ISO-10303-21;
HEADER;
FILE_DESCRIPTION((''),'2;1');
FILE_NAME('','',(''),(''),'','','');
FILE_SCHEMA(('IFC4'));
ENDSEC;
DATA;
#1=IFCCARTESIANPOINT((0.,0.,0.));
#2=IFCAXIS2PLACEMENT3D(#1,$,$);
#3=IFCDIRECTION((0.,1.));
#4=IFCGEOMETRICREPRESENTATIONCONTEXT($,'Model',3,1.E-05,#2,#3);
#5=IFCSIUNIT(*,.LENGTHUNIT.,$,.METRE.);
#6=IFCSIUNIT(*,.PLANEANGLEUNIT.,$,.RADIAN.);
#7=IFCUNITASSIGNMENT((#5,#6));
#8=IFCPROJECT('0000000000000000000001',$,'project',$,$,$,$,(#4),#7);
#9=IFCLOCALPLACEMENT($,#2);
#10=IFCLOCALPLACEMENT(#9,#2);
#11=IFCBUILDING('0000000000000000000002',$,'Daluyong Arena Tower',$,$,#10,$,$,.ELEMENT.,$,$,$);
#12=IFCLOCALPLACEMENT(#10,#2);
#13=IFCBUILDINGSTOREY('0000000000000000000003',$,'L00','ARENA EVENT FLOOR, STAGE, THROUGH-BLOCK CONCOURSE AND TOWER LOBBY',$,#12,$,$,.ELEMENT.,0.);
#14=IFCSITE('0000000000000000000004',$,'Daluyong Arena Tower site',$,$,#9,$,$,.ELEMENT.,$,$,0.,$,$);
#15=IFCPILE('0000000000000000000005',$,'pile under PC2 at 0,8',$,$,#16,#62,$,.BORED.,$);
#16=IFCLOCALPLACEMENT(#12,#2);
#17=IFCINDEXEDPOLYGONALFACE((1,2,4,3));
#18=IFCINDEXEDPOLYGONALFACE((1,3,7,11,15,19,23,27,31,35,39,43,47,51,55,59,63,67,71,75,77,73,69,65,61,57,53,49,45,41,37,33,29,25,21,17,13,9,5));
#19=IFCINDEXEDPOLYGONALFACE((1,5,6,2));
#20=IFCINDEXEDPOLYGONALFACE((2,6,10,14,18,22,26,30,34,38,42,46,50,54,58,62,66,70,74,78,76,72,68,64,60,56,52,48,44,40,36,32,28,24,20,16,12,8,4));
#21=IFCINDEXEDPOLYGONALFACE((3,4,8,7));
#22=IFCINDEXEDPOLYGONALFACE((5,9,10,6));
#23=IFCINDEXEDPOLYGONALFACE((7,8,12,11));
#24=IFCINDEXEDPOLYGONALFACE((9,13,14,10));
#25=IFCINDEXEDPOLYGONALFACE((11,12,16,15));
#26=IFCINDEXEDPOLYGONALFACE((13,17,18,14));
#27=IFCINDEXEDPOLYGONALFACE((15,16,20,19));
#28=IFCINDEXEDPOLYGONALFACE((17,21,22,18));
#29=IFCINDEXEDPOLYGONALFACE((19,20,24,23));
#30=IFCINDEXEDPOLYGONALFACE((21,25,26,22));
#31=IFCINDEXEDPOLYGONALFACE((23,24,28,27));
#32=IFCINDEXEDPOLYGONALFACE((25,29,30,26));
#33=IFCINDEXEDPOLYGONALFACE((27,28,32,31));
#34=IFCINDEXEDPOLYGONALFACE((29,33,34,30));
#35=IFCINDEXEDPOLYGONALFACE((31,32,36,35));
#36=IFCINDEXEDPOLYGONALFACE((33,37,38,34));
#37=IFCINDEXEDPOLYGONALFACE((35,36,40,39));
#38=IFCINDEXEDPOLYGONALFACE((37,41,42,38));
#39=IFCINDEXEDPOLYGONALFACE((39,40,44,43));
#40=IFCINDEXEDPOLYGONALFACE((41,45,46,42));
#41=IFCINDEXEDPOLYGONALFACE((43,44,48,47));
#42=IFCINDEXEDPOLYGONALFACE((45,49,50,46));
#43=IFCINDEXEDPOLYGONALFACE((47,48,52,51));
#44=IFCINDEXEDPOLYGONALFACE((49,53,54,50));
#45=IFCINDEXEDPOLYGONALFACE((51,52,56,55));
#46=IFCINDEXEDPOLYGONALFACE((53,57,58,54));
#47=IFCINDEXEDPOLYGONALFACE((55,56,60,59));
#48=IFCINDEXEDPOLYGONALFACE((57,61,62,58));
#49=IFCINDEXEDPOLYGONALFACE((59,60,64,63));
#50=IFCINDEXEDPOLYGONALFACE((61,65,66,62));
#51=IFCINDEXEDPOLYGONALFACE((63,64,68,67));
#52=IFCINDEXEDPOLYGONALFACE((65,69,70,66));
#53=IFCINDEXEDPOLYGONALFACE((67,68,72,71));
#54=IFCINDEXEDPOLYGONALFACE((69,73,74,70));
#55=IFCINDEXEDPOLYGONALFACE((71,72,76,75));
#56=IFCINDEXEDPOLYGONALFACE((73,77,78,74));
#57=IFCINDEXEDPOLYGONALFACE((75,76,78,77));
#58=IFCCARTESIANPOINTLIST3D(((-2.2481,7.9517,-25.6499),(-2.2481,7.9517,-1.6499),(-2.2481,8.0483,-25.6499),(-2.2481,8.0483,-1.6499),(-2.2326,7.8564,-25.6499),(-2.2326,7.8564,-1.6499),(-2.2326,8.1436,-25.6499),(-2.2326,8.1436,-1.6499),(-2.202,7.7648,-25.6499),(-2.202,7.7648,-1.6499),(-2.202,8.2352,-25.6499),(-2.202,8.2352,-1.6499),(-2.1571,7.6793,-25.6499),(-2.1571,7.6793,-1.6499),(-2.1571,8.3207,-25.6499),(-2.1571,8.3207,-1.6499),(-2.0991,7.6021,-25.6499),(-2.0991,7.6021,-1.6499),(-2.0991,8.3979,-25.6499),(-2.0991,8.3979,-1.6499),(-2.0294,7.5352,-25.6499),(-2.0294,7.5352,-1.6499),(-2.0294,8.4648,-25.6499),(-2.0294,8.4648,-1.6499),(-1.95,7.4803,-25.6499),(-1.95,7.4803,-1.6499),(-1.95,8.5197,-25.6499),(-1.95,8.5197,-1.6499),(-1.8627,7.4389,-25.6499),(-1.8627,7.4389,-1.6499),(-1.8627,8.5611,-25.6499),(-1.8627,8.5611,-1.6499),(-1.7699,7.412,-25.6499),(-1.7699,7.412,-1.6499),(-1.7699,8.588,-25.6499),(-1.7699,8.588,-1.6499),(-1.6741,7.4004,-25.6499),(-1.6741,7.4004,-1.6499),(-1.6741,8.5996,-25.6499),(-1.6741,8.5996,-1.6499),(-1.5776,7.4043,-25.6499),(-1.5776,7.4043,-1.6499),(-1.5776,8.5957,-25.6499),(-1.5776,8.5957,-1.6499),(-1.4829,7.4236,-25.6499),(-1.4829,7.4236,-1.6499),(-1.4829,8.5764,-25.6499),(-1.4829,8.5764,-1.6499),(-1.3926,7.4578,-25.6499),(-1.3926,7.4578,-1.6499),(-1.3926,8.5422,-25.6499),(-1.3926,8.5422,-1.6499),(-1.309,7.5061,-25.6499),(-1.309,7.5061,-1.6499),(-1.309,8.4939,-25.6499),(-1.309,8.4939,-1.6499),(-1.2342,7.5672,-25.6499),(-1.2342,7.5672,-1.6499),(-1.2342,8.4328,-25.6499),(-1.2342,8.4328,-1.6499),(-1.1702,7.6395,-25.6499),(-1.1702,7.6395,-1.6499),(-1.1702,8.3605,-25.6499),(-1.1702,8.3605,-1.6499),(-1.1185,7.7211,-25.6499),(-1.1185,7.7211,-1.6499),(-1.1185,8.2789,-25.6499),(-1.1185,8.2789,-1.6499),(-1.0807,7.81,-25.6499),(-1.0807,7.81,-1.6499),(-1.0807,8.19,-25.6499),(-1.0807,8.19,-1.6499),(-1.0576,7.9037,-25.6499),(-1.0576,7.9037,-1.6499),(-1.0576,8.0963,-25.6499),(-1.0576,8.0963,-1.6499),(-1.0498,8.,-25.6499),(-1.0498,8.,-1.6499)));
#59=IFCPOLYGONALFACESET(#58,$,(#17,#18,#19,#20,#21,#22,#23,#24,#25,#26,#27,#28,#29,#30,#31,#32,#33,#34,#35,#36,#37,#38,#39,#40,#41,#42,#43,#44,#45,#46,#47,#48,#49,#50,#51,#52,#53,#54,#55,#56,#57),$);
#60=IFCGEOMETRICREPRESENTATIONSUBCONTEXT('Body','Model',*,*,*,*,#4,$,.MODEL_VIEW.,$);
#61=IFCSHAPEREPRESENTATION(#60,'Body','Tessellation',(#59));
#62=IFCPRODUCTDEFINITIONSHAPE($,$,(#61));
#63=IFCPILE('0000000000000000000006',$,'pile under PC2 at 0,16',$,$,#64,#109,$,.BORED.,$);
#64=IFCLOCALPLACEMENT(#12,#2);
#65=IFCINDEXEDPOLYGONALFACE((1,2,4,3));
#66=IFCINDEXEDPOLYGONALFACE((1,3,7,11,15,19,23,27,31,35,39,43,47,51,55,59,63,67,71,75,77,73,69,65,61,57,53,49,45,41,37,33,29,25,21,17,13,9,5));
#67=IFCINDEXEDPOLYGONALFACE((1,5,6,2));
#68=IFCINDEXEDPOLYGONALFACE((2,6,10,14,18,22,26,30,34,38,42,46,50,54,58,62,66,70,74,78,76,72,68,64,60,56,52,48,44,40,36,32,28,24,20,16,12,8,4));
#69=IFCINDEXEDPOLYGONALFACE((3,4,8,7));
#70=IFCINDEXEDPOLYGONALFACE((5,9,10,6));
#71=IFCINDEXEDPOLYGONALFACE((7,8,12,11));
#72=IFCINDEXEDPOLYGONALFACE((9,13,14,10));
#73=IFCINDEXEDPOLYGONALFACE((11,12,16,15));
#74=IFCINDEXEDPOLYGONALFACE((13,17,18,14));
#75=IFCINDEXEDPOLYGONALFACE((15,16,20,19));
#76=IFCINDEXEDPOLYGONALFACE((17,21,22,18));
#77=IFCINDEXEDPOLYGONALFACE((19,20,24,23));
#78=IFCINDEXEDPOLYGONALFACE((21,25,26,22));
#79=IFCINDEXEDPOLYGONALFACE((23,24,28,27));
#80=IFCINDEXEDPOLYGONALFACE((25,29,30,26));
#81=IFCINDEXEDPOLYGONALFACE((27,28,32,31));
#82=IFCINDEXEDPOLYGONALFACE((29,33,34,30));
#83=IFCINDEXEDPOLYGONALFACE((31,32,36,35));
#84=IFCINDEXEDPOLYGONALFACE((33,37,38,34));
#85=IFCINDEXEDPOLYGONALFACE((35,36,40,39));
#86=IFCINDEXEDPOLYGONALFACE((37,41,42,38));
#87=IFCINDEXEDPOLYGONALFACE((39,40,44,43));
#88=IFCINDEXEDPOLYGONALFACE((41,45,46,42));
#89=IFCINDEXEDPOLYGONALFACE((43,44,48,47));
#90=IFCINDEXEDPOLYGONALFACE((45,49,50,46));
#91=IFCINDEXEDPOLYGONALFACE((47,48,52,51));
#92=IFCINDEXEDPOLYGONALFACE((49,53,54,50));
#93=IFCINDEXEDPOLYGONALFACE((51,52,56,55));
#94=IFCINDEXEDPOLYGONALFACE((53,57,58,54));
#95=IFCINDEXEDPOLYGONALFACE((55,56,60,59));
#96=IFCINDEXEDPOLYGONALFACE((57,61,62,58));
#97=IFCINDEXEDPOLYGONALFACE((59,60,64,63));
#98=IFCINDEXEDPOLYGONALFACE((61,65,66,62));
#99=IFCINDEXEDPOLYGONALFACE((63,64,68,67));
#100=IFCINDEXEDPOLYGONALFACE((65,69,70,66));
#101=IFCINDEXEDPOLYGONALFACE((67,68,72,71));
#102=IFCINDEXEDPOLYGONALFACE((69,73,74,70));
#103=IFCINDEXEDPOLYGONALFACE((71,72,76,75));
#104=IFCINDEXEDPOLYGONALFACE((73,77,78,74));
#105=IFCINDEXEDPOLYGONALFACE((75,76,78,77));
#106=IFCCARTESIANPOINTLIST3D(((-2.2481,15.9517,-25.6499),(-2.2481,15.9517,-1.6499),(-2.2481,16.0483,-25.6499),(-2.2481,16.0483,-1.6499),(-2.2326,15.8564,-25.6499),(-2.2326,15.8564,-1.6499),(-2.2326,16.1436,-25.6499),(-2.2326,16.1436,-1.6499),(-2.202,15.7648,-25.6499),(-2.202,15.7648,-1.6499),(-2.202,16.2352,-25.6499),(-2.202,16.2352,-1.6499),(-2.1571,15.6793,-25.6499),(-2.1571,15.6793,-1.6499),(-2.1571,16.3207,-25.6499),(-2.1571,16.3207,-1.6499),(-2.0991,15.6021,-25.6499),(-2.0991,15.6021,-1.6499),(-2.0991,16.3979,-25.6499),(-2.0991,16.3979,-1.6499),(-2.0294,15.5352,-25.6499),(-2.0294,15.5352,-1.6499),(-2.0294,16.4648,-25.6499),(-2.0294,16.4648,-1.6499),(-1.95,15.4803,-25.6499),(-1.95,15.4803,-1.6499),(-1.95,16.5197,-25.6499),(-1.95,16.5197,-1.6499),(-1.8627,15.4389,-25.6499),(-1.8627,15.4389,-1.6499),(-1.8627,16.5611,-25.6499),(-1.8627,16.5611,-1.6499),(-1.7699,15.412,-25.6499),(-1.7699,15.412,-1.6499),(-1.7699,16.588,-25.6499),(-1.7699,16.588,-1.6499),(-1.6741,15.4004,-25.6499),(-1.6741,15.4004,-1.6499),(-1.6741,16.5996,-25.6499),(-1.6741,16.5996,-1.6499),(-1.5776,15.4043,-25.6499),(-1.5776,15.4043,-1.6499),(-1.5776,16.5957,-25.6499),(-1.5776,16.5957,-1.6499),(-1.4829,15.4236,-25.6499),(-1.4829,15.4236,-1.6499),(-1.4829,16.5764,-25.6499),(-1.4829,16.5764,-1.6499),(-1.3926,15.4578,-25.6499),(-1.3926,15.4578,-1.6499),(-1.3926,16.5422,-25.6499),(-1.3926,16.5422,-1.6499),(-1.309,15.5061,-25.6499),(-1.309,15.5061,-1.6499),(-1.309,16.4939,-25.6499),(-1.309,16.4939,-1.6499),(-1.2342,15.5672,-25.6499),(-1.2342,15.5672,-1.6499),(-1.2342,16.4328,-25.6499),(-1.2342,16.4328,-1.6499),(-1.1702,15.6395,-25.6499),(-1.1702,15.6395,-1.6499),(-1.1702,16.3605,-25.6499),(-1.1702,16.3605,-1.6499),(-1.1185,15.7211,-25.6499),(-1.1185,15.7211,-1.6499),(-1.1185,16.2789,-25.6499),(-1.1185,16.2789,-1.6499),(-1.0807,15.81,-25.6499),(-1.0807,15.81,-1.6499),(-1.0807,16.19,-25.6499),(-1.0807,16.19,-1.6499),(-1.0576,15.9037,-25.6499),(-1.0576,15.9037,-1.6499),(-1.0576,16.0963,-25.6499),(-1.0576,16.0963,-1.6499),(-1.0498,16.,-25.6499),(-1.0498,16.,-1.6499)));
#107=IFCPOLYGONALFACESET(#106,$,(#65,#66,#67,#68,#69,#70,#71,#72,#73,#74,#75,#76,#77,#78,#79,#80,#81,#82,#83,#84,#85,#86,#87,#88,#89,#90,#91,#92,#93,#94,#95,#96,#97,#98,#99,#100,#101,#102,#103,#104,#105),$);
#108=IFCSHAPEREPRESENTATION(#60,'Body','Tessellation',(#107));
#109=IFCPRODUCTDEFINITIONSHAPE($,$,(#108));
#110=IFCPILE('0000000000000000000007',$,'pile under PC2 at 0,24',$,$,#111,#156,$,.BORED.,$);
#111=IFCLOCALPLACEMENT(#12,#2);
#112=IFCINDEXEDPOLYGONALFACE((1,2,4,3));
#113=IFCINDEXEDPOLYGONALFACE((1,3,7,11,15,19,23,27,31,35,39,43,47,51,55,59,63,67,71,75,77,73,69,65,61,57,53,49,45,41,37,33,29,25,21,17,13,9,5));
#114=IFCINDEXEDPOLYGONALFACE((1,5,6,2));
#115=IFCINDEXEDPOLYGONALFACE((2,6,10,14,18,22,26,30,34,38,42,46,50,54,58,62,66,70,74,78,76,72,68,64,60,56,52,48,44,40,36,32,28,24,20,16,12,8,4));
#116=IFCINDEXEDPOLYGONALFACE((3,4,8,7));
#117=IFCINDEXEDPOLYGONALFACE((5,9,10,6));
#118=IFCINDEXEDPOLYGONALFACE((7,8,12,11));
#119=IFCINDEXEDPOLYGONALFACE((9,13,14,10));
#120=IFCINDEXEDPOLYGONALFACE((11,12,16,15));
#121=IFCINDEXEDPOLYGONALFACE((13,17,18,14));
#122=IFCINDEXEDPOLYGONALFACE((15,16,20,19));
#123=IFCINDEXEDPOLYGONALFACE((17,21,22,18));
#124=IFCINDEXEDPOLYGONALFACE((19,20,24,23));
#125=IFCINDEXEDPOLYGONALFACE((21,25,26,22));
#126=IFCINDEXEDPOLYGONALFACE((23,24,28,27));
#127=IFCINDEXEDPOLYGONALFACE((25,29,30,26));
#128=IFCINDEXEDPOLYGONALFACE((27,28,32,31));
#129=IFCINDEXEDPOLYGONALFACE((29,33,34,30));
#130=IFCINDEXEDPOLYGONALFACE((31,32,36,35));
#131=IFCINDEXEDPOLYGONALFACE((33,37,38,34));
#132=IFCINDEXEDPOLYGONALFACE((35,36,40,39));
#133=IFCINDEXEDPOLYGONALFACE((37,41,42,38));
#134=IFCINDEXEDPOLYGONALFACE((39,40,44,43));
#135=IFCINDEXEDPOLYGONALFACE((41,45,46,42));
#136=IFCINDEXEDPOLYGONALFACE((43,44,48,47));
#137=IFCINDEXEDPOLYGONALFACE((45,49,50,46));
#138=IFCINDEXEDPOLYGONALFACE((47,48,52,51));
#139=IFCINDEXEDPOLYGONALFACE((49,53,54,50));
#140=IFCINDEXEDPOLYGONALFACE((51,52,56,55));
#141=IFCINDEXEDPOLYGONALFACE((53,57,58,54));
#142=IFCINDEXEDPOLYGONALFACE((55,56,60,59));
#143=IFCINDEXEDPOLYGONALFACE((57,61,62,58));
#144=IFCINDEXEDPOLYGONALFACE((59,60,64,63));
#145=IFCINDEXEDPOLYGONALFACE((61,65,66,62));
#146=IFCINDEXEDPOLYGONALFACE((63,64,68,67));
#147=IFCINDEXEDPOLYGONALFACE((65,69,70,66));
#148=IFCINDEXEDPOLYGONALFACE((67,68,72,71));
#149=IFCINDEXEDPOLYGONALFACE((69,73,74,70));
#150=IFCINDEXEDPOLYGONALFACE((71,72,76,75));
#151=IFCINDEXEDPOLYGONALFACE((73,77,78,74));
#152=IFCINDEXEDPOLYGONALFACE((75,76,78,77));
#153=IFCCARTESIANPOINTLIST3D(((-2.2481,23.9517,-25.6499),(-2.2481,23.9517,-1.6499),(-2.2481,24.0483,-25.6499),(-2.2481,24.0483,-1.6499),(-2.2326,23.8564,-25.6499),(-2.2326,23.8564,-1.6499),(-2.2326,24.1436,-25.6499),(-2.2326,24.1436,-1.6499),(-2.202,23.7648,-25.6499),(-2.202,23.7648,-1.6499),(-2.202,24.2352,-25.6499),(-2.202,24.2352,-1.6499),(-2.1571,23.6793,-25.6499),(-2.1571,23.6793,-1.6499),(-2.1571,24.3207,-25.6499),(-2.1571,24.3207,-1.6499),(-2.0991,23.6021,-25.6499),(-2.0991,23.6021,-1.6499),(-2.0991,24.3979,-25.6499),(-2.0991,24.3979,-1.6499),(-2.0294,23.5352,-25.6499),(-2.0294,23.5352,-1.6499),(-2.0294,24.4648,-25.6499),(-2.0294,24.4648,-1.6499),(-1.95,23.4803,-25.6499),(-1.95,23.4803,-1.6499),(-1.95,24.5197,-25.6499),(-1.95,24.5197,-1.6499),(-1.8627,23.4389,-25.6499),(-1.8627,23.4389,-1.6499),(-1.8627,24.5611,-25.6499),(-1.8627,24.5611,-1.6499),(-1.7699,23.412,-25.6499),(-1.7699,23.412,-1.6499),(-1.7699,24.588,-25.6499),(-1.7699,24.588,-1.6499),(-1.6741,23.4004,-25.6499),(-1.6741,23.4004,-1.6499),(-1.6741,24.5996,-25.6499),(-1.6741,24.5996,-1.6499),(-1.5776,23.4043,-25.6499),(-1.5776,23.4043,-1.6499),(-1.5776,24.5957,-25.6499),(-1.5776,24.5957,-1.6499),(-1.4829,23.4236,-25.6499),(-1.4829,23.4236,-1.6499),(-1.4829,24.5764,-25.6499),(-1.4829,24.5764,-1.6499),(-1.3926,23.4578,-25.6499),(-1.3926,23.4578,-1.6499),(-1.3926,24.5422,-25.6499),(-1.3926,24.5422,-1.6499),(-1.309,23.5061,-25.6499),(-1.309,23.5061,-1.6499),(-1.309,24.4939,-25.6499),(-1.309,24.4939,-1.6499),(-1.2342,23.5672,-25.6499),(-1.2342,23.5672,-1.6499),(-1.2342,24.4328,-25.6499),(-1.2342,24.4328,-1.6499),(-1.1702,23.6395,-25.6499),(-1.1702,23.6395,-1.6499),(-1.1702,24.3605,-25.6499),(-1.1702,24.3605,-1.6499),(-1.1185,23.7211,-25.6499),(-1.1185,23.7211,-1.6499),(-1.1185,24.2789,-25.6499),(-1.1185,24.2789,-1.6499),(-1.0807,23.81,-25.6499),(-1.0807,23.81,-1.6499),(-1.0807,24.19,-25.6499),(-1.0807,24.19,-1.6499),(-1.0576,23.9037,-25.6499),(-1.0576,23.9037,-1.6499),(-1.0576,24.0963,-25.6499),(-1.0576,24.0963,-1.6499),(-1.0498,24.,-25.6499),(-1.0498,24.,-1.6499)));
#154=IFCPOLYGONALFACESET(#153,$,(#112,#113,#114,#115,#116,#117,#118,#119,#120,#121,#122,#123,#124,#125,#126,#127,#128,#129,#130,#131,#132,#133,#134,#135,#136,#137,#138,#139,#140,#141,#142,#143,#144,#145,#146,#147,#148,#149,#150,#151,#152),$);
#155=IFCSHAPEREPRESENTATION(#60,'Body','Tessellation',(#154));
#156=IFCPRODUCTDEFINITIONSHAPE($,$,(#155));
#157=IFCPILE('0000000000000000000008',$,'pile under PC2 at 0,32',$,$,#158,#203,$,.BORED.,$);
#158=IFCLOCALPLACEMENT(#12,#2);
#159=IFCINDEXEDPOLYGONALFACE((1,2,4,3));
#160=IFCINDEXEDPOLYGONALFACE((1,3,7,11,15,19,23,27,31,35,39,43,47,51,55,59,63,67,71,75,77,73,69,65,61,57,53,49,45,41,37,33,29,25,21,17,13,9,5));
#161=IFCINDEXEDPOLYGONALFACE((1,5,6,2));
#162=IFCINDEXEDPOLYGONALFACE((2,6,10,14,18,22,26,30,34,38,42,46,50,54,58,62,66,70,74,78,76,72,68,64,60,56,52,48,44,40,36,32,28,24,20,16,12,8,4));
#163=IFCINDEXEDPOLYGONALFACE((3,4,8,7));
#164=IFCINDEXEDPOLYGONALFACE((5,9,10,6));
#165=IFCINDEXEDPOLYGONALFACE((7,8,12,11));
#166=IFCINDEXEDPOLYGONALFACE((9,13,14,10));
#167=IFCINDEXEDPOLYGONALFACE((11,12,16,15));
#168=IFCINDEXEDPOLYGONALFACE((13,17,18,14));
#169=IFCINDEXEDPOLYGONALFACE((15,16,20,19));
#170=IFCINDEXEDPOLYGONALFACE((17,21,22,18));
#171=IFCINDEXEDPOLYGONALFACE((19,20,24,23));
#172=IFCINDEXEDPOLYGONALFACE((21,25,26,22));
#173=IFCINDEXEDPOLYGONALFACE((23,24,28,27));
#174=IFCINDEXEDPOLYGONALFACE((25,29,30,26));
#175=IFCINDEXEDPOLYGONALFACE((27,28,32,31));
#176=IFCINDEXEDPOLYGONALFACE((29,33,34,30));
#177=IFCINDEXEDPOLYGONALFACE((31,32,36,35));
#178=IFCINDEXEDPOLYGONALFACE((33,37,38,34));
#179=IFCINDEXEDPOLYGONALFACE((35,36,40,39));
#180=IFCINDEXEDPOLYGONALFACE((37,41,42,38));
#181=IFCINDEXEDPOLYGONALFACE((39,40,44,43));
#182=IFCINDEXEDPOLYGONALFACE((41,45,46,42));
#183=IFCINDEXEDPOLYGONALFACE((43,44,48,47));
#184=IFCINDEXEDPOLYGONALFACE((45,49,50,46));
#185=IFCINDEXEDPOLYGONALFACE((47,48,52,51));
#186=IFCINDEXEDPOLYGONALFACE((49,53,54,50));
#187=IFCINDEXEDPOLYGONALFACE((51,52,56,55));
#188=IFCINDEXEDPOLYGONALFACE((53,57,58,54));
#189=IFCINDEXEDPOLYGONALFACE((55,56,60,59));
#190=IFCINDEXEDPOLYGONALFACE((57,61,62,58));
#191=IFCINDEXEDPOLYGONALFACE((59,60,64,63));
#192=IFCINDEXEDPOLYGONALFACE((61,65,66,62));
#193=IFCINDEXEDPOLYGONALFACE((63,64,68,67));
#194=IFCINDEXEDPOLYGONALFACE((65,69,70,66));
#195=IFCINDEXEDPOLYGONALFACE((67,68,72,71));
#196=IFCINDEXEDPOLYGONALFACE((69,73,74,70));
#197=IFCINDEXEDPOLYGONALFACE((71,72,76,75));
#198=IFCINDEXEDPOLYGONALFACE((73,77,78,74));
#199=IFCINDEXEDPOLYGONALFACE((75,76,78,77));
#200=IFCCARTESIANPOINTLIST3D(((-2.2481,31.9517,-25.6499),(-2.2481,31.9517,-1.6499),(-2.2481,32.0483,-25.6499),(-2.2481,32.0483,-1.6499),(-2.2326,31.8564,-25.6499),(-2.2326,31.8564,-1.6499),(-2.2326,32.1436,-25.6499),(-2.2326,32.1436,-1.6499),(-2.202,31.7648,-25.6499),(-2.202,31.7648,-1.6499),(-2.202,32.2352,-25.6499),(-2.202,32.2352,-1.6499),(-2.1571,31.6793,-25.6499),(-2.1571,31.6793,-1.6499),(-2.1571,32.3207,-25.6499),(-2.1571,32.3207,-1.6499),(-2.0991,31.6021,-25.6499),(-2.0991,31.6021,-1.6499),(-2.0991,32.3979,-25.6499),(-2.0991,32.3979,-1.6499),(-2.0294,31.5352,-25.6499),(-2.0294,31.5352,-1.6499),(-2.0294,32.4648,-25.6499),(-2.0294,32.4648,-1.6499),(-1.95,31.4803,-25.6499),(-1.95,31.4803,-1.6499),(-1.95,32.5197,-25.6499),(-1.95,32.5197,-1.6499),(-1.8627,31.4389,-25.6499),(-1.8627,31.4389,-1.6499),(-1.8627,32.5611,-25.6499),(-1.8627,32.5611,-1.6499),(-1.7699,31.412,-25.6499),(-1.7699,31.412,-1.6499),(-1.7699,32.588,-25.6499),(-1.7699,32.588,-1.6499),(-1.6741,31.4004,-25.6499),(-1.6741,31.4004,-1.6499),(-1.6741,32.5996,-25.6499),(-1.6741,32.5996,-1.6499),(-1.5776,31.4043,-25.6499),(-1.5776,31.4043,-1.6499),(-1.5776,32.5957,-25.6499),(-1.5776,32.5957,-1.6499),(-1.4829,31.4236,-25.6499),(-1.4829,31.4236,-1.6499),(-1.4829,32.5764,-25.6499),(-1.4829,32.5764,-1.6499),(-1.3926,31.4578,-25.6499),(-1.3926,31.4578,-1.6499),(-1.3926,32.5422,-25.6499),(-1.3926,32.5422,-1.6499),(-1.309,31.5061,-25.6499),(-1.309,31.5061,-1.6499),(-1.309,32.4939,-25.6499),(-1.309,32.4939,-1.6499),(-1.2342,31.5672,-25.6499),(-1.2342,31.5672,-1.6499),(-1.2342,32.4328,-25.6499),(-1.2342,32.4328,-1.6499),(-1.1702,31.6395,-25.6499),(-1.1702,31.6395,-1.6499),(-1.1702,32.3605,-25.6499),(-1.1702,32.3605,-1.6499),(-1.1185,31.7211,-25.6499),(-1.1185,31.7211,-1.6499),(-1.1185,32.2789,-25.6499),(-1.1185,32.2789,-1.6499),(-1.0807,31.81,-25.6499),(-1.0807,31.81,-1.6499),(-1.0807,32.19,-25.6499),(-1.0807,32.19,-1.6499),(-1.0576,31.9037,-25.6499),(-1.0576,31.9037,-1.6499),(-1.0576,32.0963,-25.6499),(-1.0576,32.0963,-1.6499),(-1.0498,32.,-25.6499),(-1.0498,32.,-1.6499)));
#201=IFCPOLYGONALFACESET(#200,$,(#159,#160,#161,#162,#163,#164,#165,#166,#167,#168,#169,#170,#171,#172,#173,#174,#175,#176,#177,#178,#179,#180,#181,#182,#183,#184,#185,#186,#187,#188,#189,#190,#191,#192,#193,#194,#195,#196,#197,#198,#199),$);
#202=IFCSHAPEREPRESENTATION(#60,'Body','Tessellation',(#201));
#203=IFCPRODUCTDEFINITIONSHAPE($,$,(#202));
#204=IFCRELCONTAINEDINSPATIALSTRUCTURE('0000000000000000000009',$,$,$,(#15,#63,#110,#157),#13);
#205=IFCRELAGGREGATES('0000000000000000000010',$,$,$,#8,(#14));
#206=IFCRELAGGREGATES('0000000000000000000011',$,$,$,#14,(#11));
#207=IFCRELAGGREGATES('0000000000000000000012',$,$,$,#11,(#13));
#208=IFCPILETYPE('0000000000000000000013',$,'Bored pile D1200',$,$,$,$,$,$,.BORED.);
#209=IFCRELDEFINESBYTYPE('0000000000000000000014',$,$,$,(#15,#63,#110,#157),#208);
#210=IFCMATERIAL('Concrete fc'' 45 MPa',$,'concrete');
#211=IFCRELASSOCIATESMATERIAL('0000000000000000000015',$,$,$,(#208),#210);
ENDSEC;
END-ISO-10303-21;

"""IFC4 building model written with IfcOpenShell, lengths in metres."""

from ifc_helpers import new_model, si_unit, direction, frame, origin, origin_2d, place, context, subcontext, project, spatial, circle, extrude, material, type_object, element, save


model = new_model("IFC4")

# Units and contexts
model_context = context("Model", 3, precision=1e-05, world=origin(), true_north=direction((0.0, 1.0)))
body_context = subcontext(model_context, "Body", "Model", "MODEL_VIEW")
ifc_project = project(units=[si_unit("LENGTHUNIT", "METRE"), si_unit("PLANEANGLEUNIT", "RADIAN")], contexts=[model_context])

# Site, building, storey
site_placement = place(None, origin())
site = spatial("IfcSite", under=ifc_project, at=site_placement, Name="Daluyong Arena Tower site", CompositionType="ELEMENT", RefElevation=0.0)
building_placement = place(site_placement, origin())
building = spatial("IfcBuilding", under=site, at=building_placement, Name="Daluyong Arena Tower", CompositionType="ELEMENT")
storey_placement = place(building_placement, origin())
storey = spatial("IfcBuildingStorey", under=building, at=storey_placement, Name="L00", Description="ARENA EVENT FLOOR, STAGE, THROUGH-BLOCK CONCOURSE AND TOWER LOBBY", CompositionType="ELEMENT", Elevation=0.0)

# Piles
ifc_material_1 = material(Name="Concrete fc' 45 MPa", Category="concrete")
pile_type = type_object("IfcPileType", Name="Bored pile D1200", PredefinedType="BORED", material=ifc_material_1)
for number, where, z_axis, x_axis, name in (
    (1, (-1.6499, 8.0, -1.6499), (0.0, 0.0, -1.0), (1.0, 0.0, 0.0), "pile under PC2 at 0,8"),
    (2, (-1.6499, 16.0, -1.6499), (0.0, 0.0, -1.0), (1.0, 0.0, 0.0), "pile under PC2 at 0,16"),
    (3, (-1.6499, 24.0, -1.6499), (0.0, 0.0, -1.0), (1.0, 0.0, 0.0), "pile under PC2 at 0,24"),
    (4, (-1.6499, 32.0, -1.6499), (0.0, 0.0, -1.0), (1.0, 0.0, 0.0), "pile under PC2 at 0,32"),
):
    element("IfcPile", number, at=place(storey_placement, frame(where, z_axis=z_axis, x_axis=x_axis)), inside=storey, type_object=pile_type, Name=name, PredefinedType="BORED", context=body_context, shape_type="SweptSolid", body=[
        extrude(circle(Radius=0.6001, at=origin_2d()), origin(), (0.0, 0.0, 1.0), 24.0),
    ])

save(model, "model.ifc")
